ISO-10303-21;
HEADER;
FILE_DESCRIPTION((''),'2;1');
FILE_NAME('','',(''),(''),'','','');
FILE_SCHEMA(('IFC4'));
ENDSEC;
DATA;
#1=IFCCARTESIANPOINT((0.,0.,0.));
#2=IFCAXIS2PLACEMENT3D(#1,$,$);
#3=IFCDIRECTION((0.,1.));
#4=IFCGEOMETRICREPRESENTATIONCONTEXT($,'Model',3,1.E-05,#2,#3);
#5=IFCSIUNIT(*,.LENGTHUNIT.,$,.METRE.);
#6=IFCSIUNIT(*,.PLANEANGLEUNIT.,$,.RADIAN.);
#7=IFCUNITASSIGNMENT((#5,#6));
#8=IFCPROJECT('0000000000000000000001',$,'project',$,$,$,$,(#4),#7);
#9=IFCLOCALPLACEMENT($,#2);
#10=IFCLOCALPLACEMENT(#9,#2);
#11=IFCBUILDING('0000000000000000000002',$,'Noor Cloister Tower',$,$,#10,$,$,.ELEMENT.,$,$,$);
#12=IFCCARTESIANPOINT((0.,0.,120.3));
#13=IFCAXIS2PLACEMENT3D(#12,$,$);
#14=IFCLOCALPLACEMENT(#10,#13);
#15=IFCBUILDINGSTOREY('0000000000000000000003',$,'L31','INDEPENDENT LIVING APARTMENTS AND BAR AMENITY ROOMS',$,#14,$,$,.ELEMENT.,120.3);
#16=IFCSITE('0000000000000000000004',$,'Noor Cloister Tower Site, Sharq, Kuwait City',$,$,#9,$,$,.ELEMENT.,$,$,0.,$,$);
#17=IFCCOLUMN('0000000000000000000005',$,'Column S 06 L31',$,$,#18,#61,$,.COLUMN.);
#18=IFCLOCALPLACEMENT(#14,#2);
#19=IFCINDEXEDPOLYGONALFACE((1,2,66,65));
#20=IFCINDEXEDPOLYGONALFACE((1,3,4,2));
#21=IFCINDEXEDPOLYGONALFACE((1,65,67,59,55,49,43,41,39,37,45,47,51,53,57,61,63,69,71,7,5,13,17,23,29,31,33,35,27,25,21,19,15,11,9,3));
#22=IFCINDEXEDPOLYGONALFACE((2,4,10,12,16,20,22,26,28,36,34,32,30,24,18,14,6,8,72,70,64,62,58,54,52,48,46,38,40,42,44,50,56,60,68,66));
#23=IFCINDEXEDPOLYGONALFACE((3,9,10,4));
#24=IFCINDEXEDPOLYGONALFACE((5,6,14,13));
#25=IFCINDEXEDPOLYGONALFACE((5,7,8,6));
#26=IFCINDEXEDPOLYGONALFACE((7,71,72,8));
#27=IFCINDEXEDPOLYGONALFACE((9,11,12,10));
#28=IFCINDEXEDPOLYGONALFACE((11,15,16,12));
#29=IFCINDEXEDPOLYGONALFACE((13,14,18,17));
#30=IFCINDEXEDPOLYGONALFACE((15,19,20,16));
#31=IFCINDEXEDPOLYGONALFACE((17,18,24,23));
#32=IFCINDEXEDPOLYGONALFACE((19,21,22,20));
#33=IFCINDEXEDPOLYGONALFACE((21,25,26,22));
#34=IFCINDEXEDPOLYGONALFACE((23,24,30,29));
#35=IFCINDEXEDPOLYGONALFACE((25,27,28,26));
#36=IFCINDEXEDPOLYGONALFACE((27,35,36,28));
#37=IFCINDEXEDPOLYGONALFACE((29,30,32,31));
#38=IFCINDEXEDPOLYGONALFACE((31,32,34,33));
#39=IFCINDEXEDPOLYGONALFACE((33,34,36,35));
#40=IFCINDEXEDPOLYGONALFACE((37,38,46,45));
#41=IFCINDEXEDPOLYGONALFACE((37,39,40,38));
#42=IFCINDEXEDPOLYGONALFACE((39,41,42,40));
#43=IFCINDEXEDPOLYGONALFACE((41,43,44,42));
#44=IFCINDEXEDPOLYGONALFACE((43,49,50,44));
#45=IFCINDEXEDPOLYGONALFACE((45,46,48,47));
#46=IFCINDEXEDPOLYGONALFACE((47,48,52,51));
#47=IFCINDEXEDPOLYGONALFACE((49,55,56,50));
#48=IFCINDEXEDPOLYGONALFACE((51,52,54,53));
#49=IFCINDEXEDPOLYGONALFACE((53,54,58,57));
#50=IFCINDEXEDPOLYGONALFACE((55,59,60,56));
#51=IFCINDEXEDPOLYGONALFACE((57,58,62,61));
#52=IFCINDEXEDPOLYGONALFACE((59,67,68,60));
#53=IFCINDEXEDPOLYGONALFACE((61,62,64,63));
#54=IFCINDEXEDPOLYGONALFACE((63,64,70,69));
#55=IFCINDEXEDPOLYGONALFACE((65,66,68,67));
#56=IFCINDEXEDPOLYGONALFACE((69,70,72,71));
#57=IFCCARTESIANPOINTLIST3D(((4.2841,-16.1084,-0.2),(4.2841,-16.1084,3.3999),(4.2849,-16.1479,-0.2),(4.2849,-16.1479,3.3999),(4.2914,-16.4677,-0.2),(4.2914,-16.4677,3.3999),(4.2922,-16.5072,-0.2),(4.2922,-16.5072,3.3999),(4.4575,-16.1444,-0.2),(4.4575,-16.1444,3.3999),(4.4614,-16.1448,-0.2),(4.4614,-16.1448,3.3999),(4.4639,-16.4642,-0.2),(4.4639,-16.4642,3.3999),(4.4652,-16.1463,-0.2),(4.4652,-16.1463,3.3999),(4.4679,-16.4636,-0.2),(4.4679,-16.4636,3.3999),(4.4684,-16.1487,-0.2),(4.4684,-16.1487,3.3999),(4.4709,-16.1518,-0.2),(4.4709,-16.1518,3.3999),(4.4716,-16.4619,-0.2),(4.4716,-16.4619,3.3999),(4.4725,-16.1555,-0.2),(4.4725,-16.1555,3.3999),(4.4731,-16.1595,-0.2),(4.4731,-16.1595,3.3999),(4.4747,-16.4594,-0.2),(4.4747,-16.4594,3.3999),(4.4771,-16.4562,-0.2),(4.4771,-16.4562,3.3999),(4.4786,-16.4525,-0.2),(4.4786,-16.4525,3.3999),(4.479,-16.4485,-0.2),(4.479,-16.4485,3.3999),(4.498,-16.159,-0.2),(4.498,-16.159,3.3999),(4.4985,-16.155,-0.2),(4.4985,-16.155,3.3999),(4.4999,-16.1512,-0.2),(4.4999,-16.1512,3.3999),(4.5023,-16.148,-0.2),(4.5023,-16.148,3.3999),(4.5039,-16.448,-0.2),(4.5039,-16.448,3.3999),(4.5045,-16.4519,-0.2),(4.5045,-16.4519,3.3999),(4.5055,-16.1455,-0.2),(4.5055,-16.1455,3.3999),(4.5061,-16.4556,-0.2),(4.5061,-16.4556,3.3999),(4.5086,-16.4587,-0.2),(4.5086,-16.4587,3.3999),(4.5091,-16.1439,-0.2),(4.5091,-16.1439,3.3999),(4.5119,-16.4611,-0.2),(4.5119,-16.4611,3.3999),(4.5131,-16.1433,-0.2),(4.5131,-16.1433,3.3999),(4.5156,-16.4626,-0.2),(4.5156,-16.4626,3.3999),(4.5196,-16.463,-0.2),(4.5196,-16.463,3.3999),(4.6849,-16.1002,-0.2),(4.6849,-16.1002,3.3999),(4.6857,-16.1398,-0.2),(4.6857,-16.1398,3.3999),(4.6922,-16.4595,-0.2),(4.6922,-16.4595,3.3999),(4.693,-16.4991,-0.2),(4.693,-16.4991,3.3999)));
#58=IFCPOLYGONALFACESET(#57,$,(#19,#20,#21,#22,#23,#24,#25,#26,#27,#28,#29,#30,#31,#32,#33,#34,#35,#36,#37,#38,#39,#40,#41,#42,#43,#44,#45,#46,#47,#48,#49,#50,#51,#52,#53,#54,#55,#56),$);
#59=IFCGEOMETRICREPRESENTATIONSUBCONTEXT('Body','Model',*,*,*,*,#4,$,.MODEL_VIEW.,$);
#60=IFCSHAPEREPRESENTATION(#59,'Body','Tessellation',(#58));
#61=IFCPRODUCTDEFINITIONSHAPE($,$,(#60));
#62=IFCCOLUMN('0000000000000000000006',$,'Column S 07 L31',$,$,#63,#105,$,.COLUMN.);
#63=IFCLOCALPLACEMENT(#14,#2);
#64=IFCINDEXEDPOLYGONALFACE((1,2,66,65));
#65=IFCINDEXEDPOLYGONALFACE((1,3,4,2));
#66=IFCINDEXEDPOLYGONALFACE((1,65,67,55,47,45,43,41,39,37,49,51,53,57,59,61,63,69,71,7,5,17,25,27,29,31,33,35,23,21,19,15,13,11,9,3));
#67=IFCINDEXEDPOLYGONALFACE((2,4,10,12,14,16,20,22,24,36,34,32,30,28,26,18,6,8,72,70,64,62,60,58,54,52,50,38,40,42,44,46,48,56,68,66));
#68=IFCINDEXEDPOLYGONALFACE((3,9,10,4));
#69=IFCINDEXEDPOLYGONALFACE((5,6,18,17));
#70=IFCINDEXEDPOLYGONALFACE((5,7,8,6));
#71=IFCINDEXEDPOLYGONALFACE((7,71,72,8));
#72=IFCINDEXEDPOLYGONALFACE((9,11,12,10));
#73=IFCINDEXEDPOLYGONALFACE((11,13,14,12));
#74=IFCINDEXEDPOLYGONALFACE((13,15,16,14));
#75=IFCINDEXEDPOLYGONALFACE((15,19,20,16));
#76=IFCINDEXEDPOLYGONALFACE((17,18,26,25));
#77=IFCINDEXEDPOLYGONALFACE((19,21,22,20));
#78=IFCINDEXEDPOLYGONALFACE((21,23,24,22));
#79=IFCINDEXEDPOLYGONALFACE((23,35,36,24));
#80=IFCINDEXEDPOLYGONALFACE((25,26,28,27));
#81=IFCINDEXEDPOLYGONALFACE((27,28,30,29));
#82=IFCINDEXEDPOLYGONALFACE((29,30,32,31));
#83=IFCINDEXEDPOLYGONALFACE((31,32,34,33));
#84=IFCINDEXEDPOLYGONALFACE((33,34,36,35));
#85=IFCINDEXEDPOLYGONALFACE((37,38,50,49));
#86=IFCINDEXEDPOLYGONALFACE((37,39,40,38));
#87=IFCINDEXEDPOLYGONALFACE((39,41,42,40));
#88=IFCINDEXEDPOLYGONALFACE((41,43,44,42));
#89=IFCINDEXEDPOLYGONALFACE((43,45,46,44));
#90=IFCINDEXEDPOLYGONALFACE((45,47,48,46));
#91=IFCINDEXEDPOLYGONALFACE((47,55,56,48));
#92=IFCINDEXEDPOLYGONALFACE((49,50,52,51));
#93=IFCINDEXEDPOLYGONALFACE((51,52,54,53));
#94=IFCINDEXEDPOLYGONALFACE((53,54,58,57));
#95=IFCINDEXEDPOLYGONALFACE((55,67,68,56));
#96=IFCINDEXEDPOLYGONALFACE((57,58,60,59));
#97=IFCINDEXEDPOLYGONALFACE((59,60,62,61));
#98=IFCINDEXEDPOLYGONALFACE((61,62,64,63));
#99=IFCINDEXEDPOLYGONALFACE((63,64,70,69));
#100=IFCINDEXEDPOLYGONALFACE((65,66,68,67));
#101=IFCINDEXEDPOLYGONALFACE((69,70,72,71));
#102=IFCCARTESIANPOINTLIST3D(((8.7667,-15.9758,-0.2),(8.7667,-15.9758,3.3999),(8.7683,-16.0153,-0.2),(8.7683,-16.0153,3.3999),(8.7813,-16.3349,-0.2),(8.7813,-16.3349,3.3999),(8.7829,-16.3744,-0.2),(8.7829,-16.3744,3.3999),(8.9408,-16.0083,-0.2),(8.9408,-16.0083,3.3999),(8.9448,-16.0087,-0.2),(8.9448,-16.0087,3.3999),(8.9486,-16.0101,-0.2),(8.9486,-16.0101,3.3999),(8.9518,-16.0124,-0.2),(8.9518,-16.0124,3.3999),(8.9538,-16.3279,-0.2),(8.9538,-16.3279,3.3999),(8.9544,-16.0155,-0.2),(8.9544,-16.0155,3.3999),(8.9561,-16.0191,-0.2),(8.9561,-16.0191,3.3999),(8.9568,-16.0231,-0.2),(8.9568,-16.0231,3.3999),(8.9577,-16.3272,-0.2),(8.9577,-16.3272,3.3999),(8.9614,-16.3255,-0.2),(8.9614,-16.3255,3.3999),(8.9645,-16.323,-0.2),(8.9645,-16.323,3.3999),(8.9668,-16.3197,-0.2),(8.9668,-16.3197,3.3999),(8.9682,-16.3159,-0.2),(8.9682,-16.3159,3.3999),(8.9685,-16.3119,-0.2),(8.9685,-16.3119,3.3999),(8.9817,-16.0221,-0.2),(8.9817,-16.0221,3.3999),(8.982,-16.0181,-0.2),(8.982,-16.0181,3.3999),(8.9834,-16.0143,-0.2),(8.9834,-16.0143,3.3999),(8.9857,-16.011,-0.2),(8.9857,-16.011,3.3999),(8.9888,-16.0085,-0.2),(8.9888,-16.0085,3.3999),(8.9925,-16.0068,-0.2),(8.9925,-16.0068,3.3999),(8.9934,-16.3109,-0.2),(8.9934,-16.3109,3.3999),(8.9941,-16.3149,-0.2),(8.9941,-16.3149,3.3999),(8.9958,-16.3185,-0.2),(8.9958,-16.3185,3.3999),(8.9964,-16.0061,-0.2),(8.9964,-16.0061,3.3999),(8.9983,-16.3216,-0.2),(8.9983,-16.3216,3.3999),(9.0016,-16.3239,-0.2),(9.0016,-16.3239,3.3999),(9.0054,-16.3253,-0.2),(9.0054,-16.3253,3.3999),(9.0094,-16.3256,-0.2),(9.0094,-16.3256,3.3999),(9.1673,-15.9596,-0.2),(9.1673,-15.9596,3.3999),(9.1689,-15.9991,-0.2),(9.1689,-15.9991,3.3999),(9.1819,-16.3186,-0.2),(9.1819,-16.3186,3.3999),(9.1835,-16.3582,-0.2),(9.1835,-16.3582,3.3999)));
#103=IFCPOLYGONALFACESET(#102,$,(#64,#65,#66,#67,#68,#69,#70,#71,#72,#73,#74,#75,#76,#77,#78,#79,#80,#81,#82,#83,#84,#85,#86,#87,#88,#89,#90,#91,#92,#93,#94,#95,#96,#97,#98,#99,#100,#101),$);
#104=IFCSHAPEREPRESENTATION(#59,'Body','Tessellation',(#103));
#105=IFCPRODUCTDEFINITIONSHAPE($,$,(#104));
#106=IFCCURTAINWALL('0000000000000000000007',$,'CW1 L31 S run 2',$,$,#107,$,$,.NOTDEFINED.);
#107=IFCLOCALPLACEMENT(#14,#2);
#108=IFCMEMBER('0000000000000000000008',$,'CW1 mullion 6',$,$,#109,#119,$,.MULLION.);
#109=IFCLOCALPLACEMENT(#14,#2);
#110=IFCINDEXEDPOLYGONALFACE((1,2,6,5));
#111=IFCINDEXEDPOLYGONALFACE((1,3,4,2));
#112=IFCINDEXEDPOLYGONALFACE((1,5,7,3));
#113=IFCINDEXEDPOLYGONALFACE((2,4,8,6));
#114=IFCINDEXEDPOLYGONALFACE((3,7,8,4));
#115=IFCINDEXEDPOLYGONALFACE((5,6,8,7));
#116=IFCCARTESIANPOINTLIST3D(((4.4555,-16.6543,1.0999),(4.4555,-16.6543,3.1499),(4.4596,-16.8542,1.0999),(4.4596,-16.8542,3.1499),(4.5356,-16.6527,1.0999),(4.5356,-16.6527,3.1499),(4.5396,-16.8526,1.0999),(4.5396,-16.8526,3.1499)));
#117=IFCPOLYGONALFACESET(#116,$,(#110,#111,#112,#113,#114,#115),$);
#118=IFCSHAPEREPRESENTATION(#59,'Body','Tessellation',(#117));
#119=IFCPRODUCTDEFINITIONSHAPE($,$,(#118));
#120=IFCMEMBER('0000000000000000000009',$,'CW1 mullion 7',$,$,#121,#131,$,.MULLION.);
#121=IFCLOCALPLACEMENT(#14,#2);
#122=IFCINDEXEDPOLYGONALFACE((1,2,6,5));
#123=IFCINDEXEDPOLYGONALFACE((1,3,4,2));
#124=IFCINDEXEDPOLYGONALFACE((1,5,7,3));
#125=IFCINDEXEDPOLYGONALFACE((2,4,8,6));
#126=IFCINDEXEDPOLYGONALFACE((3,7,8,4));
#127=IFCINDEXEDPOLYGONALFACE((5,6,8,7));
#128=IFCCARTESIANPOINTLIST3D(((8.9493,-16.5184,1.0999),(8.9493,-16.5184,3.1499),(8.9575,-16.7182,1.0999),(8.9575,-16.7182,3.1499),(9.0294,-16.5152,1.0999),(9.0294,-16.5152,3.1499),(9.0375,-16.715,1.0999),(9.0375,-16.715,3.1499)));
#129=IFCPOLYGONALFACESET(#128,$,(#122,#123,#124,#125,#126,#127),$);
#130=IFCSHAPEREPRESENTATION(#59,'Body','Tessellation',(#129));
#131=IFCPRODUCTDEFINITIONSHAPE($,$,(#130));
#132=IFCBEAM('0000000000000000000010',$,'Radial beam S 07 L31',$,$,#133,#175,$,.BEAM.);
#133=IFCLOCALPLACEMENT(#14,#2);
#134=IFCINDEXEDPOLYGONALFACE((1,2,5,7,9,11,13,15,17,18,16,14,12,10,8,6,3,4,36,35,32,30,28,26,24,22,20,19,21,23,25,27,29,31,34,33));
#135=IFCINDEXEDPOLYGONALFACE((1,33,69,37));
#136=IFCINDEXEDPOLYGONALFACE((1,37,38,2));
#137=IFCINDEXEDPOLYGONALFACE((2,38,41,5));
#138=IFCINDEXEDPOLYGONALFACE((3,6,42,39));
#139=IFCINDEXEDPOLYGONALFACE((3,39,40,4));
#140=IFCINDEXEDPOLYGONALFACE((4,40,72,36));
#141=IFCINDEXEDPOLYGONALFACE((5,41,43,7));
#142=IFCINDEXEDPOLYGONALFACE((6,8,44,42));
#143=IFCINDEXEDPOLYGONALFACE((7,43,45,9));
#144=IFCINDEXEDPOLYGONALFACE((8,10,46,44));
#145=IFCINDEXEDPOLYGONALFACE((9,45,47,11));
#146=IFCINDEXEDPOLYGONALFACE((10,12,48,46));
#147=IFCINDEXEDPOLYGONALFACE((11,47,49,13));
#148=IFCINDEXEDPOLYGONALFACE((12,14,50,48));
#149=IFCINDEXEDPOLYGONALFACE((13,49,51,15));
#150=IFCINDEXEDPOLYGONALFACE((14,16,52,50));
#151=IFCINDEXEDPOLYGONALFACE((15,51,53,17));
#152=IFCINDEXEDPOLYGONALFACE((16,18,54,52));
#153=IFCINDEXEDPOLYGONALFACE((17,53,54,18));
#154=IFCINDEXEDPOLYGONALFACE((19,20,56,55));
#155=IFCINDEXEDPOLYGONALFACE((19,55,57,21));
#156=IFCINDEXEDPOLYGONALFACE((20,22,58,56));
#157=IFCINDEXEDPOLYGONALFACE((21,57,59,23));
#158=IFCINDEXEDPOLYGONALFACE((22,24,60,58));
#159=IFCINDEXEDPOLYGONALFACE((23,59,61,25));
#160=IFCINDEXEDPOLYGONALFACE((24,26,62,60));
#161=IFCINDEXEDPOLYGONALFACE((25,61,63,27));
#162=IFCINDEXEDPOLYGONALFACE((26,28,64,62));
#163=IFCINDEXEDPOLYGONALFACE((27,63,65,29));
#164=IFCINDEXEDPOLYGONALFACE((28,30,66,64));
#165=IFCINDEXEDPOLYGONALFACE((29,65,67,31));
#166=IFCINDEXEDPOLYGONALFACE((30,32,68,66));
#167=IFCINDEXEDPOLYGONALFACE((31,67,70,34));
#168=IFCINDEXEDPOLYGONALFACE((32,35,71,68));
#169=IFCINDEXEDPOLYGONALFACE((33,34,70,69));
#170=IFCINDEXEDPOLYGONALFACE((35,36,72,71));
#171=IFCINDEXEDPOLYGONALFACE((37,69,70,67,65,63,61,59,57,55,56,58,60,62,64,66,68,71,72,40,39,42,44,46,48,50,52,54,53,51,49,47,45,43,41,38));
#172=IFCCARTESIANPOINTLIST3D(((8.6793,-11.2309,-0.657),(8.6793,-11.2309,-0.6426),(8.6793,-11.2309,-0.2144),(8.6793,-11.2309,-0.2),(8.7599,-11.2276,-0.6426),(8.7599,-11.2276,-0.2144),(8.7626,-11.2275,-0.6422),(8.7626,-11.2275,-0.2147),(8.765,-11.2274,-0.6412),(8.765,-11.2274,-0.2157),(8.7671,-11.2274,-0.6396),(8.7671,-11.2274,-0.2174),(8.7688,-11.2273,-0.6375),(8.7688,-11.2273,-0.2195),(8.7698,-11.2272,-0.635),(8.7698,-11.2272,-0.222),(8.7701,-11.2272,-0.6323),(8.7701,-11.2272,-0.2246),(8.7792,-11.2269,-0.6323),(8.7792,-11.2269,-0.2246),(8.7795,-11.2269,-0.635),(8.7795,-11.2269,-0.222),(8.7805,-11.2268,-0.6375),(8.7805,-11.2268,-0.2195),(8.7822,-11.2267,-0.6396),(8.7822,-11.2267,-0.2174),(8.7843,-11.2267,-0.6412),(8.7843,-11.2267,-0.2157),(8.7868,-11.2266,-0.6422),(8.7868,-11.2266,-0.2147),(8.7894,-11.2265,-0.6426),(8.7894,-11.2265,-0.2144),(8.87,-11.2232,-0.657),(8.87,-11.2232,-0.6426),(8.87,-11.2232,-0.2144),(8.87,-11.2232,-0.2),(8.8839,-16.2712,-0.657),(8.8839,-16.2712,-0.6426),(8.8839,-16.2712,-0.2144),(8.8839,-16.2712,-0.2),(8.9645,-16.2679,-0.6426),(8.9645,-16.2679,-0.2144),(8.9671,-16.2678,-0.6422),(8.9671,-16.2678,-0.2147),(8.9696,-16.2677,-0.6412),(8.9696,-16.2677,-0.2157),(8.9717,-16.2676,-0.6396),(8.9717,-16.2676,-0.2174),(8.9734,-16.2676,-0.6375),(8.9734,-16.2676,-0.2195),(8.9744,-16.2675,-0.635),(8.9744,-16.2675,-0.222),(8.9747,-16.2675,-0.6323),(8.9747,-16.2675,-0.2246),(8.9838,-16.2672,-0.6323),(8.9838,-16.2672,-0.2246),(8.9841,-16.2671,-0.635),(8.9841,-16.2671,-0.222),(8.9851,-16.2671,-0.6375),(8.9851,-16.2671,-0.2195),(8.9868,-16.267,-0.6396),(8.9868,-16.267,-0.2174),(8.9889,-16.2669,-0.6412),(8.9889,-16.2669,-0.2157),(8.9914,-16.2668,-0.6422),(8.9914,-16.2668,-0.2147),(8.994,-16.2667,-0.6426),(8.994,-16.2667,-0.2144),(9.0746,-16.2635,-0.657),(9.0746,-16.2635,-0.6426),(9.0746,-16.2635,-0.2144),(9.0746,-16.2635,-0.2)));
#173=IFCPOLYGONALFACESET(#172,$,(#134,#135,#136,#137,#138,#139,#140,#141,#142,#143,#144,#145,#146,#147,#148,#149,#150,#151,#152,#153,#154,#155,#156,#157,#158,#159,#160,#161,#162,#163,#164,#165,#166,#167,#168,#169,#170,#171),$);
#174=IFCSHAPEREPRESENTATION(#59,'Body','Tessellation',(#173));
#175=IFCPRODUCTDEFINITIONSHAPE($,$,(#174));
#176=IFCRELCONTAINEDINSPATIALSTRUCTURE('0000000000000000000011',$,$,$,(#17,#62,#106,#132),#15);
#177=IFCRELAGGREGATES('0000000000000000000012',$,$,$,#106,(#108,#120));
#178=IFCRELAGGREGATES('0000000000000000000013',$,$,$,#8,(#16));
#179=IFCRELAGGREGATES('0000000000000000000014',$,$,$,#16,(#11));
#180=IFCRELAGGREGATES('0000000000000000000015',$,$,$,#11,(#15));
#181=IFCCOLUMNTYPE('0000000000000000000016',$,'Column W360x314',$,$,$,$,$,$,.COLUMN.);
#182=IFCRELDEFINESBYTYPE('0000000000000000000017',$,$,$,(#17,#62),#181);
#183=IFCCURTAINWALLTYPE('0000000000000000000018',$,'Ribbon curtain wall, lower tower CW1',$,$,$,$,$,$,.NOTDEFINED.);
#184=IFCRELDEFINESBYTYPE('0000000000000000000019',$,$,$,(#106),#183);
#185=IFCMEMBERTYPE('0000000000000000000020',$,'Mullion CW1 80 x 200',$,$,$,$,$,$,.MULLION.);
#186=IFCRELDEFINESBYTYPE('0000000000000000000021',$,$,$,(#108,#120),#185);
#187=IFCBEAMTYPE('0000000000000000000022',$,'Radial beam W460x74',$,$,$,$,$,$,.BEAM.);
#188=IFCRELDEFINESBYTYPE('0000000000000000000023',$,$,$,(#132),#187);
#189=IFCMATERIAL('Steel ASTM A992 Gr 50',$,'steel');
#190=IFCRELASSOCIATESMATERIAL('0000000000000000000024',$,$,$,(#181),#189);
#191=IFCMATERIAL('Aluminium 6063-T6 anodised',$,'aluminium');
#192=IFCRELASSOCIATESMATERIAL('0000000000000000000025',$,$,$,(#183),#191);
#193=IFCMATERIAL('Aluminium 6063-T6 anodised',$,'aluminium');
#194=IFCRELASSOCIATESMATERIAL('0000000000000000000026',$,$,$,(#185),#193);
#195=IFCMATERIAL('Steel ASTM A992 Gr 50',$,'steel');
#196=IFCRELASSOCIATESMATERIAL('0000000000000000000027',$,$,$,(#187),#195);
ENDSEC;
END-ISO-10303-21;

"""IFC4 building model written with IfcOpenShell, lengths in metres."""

from ifc_helpers import new_model, si_unit, direction, frame, origin, origin_2d, place, context, subcontext, project, spatial, rectangle, i_section, extrude, material, material_profile, profile_set, type_object, element, aggregate, save


model = new_model("IFC4")

# Units and contexts
model_context = context("Model", 3, precision=1e-05, world=origin(), true_north=direction((0.0, 1.0)))
body_context = subcontext(model_context, "Body", "Model", "MODEL_VIEW")
ifc_project = project(units=[si_unit("LENGTHUNIT", "METRE"), si_unit("PLANEANGLEUNIT", "RADIAN")], contexts=[model_context])

# Site, building, storey
site_placement = place(None, origin())
site = spatial("IfcSite", under=ifc_project, at=site_placement, Name="Noor Cloister Tower Site, Sharq, Kuwait City", CompositionType="ELEMENT", RefElevation=0.0)
building_placement = place(site_placement, origin())
building = spatial("IfcBuilding", under=site, at=building_placement, Name="Noor Cloister Tower", CompositionType="ELEMENT")
storey_placement = place(building_placement, frame((0.0, 0.0, 120.3)))
storey = spatial("IfcBuildingStorey", under=building, at=storey_placement, Name="L31", Description="INDEPENDENT LIVING APARTMENTS AND BAR AMENITY ROOMS", CompositionType="ELEMENT", Elevation=120.3)

# Columns
ifc_material_1 = material(Name="Steel ASTM A992 Gr 50", Category="steel")
ifc_material_profile_1 = material_profile(ifc_material_1, i_section(OverallWidth=0.4009, OverallDepth=0.3989, WebThickness=0.0249, FlangeThickness=0.0396, FilletRadius=0.0154, at=origin_2d()), Name="W360x314")
ifc_profile_set_1 = profile_set([ifc_material_profile_1], Name="Steel ASTM A992 Gr 50")
column_type = type_object("IfcColumnType", Name="Column W360x314", PredefinedType="COLUMN", material=ifc_profile_set_1)
for number, where, z_axis, x_axis, name in (
    (1, (4.4885, -16.3037, -0.2), (0.0, 0.0, 1.0), (0.999794, 0.020293, 0.0), "Column S 06 L31"),
    (2, (8.9751, -16.167, -0.2), (0.0, 0.0, 1.0), (0.999176, 0.040578, 0.0), "Column S 07 L31"),
):
    element("IfcColumn", number, at=place(storey_placement, frame(where, z_axis=z_axis, x_axis=x_axis)), inside=storey, type_object=column_type, Name=name, PredefinedType="COLUMN", context=body_context, shape_type="SweptSolid", body=[
        extrude(i_section(OverallWidth=0.4009, OverallDepth=0.3989, WebThickness=0.0249, FlangeThickness=0.0396, FilletRadius=0.0154, at=origin_2d()), origin(), (0.0, 0.0, 1.0), 3.5999),
    ])

# Curtain wall, members
ifc_material_2 = material(Name="Aluminium 6063-T6 anodised", Category="aluminium")
curtain_wall_type = type_object("IfcCurtainWallType", Name="Ribbon curtain wall, lower tower CW1", PredefinedType="NOTDEFINED", material=ifc_material_2)
curtain_wall_placement = place(storey_placement, origin())
curtain_wall = element("IfcCurtainWall", 3, at=curtain_wall_placement, inside=storey, type_object=curtain_wall_type, Name="CW1 L31 S run 2", PredefinedType="NOTDEFINED")
ifc_material_3 = material(Name="Aluminium 6063-T6 anodised", Category="aluminium")
ifc_material_profile_2 = material_profile(ifc_material_3, rectangle(XDim=0.2, YDim=0.0801, at=origin_2d()), Name="200 x 80 mullion")
ifc_profile_set_2 = profile_set([ifc_material_profile_2], Name="Aluminium 6063-T6 anodised")
member_type = type_object("IfcMemberType", Name="Mullion CW1 80 x 200", PredefinedType="MULLION", material=ifc_profile_set_2)
member_1_placement = place(storey_placement, frame((4.4976, -16.7534, 1.0999), z_axis=(0.0, 0.0, 1.0), x_axis=(-0.020293, 0.999794, 0.0)))
member_1 = element("IfcMember", 4, at=member_1_placement, type_object=member_type, Name="CW1 mullion 6", PredefinedType="MULLION", context=body_context, shape_type="SweptSolid", body=[
    extrude(rectangle(XDim=0.2, YDim=0.0801, at=origin_2d()), origin(), (0.0, 0.0, 1.0), 2.05),
])
member_2_placement = place(storey_placement, frame((8.9934, -16.6167, 1.0999), z_axis=(0.0, 0.0, 1.0), x_axis=(-0.040578, 0.999176, 0.0)))
member_2 = element("IfcMember", 5, at=member_2_placement, type_object=member_type, Name="CW1 mullion 7", PredefinedType="MULLION", context=body_context, shape_type="SweptSolid", body=[
    extrude(rectangle(XDim=0.2, YDim=0.0801, at=origin_2d()), origin(), (0.0, 0.0, 1.0), 2.05),
])

# Beam
ifc_material_4 = material(Name="Steel ASTM A992 Gr 50", Category="steel")
ifc_material_profile_3 = material_profile(ifc_material_4, i_section(OverallWidth=0.1909, OverallDepth=0.457, WebThickness=0.009, FlangeThickness=0.0144, FilletRadius=0.0103, at=origin_2d()), Name="W460x74")
ifc_profile_set_3 = profile_set([ifc_material_profile_3], Name="Steel ASTM A992 Gr 50")
beam_type_1 = type_object("IfcBeamType", Name="Radial beam W460x74", PredefinedType="BEAM", material=ifc_profile_set_3)
beam_1_placement = place(storey_placement, frame((8.9792, -16.2673, -0.4285), z_axis=(-0.040558, 0.999177, 0.0), x_axis=(-0.999177, -0.040558, 0.0)))
element("IfcBeam", 6, at=beam_1_placement, inside=storey, type_object=beam_type_1, Name="Radial beam S 07 L31", PredefinedType="BEAM", context=body_context, shape_type="SweptSolid", body=[
    extrude(i_section(OverallWidth=0.1909, OverallDepth=0.457, WebThickness=0.009, FlangeThickness=0.0144, FilletRadius=0.0103, at=origin_2d()), origin(), (0.0, 0.0, 1.0), 5.0444),
])

aggregate(curtain_wall, [member_1, member_2])

save(model, "model.ifc")
